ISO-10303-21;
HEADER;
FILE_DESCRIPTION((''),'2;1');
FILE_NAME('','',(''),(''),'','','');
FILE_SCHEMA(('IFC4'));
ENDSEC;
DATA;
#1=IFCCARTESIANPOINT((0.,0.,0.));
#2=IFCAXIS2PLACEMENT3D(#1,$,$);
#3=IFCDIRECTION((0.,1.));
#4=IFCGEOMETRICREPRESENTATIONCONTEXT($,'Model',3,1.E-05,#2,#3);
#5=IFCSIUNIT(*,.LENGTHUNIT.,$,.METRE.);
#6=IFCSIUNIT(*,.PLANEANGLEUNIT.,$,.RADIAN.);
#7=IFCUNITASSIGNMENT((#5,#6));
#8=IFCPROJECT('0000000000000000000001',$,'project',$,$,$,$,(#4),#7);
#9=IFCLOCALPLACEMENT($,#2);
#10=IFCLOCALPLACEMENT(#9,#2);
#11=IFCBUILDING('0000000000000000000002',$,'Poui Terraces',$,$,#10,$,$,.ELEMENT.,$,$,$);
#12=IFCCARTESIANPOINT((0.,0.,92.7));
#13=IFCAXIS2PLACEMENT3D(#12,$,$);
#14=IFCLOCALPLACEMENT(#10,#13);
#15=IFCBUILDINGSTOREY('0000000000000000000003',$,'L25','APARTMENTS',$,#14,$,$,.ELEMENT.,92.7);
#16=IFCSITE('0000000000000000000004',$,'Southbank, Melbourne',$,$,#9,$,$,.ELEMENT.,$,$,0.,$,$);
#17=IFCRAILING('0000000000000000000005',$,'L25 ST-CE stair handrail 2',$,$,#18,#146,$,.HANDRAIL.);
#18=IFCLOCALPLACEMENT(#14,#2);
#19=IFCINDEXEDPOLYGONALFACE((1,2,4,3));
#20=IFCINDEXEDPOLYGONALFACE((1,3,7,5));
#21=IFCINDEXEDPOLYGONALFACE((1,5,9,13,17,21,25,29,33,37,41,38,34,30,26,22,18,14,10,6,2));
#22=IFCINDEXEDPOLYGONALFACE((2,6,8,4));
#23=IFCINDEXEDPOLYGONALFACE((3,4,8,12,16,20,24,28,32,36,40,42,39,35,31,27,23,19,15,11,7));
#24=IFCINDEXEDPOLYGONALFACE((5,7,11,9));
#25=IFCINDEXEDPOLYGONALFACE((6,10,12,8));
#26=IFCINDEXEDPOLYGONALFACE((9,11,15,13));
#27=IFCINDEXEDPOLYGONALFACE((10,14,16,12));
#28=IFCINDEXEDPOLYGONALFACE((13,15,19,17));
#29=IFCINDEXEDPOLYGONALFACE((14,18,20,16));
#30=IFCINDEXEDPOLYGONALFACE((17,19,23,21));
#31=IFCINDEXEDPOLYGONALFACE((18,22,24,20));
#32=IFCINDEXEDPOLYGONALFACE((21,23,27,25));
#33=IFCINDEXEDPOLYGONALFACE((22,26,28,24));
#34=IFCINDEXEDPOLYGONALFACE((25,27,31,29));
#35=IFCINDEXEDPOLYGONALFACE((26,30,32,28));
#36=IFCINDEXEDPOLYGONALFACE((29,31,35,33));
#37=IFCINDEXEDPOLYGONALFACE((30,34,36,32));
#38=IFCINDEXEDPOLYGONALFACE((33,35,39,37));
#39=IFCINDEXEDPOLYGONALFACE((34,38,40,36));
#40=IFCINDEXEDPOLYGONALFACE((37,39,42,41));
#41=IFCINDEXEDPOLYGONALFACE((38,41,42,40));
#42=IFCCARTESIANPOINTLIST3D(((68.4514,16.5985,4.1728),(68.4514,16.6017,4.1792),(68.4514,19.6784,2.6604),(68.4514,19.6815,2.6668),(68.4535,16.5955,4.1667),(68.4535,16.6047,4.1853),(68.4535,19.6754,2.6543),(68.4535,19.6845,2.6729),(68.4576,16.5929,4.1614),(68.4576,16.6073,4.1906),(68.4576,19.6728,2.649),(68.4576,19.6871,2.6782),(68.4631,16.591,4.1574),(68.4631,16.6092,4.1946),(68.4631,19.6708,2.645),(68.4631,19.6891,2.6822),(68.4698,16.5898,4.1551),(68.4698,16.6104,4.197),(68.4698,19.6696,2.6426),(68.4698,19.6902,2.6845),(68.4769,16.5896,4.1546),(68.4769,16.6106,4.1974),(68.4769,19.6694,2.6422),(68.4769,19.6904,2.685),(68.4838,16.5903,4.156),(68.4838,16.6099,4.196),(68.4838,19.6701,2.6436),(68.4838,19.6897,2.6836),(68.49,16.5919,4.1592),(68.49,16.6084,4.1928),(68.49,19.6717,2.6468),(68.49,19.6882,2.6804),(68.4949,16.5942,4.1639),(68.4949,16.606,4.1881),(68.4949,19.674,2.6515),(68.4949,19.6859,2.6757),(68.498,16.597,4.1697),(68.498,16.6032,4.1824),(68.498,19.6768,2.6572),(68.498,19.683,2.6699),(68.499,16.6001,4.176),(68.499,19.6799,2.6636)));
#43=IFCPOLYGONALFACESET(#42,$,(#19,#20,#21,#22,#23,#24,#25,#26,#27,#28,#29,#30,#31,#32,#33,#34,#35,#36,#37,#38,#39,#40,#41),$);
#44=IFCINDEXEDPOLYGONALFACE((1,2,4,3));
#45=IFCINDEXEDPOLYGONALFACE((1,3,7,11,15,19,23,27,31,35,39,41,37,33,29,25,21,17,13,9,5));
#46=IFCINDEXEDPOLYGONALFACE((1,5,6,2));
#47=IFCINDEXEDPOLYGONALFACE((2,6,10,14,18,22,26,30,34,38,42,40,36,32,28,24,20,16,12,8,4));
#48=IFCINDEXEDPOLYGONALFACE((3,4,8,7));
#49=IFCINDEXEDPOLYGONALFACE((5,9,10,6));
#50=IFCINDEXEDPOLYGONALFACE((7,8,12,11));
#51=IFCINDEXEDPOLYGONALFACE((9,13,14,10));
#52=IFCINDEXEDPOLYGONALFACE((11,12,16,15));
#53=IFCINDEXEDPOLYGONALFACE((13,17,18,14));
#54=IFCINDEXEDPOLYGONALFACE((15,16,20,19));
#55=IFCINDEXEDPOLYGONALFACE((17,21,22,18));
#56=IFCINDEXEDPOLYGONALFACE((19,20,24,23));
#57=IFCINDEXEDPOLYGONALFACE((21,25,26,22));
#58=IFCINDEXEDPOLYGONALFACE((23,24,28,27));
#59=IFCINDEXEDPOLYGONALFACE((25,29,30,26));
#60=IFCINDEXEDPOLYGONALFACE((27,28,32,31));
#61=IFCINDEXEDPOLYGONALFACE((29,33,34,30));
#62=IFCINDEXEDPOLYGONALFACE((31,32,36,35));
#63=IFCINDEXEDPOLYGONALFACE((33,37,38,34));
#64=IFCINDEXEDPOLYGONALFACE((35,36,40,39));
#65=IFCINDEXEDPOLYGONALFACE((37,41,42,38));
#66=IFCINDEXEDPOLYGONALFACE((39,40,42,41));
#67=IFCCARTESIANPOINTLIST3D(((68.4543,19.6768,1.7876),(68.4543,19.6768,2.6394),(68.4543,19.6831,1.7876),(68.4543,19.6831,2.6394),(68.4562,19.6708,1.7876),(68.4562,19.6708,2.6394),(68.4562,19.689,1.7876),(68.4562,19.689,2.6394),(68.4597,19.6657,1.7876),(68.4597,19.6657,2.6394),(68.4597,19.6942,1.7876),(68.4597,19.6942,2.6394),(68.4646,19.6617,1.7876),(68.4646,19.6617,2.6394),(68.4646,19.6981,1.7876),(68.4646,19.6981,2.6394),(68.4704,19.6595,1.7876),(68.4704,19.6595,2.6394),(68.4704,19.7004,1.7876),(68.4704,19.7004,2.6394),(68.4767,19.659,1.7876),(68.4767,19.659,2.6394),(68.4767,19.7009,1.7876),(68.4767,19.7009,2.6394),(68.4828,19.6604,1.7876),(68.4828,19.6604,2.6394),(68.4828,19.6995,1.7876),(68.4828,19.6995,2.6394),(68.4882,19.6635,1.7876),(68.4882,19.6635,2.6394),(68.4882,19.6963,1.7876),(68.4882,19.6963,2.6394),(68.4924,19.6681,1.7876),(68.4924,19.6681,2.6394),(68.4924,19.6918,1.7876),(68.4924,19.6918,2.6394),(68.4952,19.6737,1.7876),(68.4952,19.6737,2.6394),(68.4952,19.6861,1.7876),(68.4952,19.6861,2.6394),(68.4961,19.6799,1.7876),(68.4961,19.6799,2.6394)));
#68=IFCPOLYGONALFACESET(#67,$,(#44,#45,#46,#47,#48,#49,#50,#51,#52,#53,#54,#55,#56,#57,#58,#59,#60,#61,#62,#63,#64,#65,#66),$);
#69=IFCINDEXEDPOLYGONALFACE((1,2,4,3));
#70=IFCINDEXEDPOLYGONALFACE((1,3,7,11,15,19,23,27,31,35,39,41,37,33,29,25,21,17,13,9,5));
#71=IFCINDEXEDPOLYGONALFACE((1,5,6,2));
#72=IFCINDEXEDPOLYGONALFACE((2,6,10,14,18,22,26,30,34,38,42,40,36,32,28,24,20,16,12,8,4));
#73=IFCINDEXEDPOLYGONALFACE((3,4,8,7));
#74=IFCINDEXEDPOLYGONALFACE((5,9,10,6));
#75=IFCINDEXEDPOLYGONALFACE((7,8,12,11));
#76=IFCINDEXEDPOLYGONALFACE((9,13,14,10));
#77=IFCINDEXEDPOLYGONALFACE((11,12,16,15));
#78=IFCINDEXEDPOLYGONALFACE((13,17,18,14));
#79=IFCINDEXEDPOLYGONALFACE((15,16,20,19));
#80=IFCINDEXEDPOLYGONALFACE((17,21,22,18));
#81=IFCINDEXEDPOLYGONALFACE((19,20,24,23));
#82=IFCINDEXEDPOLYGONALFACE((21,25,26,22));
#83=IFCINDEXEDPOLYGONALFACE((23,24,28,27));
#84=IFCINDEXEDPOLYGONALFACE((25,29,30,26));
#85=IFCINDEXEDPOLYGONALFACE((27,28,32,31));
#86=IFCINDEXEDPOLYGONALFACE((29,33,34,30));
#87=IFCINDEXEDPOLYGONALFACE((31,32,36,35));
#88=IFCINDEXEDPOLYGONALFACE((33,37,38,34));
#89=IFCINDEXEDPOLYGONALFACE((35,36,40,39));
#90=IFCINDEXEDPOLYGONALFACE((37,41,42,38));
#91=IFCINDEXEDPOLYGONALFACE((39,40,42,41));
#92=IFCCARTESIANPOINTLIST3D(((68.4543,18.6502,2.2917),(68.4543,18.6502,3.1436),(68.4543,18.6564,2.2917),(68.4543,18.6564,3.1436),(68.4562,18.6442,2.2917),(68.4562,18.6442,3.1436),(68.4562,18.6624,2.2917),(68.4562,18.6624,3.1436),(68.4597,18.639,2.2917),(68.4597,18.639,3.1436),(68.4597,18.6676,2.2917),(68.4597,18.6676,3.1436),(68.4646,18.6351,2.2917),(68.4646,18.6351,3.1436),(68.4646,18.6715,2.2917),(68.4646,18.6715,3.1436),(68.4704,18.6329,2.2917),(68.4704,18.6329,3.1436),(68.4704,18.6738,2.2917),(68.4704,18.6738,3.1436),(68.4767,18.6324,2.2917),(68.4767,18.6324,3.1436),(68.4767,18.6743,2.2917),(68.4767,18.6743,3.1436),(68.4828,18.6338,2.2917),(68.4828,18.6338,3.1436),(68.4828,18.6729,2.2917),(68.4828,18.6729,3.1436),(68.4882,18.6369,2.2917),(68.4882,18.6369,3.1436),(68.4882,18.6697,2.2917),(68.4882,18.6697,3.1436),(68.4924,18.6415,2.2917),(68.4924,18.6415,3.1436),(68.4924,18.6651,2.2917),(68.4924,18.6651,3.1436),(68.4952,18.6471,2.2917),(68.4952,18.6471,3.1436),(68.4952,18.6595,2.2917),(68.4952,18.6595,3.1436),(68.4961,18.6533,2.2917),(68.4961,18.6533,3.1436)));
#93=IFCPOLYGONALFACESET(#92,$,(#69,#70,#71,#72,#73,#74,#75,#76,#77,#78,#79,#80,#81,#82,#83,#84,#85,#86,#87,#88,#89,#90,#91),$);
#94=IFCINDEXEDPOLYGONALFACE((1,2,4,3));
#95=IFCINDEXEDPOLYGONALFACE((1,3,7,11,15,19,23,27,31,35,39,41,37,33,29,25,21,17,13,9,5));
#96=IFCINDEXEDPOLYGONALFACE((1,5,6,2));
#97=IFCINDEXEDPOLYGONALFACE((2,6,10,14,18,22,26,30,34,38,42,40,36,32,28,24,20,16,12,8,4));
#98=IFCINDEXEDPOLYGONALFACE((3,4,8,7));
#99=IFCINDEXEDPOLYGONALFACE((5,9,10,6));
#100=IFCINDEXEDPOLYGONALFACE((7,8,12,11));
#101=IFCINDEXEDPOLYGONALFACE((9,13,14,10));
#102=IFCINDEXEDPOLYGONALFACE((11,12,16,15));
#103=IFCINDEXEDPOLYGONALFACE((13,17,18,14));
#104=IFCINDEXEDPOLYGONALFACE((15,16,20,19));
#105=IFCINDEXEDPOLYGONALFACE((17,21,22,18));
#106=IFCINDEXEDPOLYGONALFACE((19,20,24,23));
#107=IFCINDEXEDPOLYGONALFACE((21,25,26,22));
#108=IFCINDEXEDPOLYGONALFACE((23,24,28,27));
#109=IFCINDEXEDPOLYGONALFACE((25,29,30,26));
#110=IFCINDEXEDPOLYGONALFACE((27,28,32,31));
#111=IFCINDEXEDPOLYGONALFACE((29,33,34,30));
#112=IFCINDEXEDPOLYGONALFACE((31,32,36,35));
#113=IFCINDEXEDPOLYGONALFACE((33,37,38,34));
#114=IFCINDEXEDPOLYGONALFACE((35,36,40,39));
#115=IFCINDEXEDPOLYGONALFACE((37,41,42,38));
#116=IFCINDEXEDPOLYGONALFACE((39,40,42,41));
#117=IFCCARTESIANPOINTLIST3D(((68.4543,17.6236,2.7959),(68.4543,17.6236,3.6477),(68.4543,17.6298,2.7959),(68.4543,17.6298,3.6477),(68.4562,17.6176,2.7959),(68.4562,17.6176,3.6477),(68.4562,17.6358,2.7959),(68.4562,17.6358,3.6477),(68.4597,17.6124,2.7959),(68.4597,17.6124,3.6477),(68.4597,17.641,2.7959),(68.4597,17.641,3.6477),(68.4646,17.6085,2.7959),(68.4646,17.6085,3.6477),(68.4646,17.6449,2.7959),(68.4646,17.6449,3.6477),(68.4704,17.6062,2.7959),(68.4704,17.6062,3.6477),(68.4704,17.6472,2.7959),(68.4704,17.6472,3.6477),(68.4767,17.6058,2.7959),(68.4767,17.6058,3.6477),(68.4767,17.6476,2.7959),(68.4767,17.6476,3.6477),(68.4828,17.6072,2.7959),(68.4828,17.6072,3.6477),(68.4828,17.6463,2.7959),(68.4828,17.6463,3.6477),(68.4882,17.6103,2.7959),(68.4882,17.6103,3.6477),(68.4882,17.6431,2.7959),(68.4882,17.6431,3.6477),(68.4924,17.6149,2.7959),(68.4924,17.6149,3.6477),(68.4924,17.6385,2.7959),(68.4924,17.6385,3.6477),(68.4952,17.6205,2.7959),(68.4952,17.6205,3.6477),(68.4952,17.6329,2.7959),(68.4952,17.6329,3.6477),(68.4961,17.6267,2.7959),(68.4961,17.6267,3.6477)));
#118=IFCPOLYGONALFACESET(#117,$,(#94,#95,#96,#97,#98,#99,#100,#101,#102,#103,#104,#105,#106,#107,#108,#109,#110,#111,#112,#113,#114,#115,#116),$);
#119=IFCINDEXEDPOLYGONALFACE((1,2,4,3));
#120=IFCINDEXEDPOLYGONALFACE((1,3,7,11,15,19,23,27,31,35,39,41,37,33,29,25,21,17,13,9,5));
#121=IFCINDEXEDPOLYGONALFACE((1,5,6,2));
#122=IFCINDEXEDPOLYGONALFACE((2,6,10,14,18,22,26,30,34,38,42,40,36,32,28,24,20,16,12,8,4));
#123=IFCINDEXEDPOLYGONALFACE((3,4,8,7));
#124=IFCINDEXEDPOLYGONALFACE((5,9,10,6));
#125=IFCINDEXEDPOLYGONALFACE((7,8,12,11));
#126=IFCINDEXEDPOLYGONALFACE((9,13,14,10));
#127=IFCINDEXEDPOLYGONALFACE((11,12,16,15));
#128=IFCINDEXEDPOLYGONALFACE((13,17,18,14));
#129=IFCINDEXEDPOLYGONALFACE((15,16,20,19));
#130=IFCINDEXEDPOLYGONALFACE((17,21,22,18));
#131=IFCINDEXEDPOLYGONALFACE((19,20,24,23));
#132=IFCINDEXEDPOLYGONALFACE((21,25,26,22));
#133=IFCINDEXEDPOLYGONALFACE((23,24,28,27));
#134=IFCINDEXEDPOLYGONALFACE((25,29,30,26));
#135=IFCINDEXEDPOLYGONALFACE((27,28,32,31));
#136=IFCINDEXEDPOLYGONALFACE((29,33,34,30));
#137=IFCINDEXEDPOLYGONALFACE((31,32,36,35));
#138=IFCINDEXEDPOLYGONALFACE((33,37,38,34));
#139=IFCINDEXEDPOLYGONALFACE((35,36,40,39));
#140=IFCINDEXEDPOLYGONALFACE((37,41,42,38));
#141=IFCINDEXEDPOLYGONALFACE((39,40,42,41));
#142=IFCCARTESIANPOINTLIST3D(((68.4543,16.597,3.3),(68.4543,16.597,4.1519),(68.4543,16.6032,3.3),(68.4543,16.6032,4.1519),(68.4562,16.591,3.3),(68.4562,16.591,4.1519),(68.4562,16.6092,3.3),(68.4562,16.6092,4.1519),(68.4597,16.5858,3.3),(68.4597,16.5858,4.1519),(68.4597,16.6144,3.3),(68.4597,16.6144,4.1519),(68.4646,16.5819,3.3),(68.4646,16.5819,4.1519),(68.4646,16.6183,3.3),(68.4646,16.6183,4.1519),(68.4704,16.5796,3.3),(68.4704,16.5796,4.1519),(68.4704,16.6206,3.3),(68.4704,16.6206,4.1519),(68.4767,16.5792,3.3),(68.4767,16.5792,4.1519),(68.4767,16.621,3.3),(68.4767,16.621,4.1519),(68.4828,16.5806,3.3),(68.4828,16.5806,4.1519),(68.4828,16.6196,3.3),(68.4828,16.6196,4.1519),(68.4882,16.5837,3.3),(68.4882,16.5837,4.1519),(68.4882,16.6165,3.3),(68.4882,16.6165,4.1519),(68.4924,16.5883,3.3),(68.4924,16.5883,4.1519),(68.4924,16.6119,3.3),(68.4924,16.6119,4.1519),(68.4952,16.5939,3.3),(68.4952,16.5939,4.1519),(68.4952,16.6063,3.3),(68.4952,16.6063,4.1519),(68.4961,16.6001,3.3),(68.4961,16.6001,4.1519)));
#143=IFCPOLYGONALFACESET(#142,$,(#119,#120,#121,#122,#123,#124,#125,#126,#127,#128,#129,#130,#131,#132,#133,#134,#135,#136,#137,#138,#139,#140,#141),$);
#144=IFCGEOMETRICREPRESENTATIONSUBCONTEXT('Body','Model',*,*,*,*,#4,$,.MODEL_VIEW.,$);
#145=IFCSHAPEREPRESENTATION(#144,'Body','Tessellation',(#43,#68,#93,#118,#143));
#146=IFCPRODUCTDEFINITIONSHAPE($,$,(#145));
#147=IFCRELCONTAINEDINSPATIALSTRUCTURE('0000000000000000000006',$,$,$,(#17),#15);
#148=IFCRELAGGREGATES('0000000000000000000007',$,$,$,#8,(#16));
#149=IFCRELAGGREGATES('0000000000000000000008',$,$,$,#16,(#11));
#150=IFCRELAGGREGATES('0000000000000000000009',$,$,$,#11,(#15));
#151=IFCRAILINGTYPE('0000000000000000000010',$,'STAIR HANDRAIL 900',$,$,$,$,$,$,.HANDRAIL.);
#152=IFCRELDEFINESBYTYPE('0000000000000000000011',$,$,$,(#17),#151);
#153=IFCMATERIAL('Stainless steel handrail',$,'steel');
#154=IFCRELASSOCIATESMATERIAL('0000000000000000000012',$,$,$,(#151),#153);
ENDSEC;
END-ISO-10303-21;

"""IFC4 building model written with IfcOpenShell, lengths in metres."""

from ifc_helpers import new_model, si_unit, direction, frame, origin, origin_2d, place, context, subcontext, project, spatial, circle, extrude, material, type_object, element, save


model = new_model("IFC4")

# Units and contexts
model_context = context("Model", 3, precision=1e-05, world=origin(), true_north=direction((0.0, 1.0)))
body_context = subcontext(model_context, "Body", "Model", "MODEL_VIEW")
ifc_project = project(units=[si_unit("LENGTHUNIT", "METRE"), si_unit("PLANEANGLEUNIT", "RADIAN")], contexts=[model_context])

# Site, building, storey
site_placement = place(None, origin())
site = spatial("IfcSite", under=ifc_project, at=site_placement, Name="Southbank, Melbourne", CompositionType="ELEMENT", RefElevation=0.0)
building_placement = place(site_placement, origin())
building = spatial("IfcBuilding", under=site, at=building_placement, Name="Poui Terraces", CompositionType="ELEMENT")
storey_placement = place(building_placement, frame((0.0, 0.0, 92.7)))
storey = spatial("IfcBuildingStorey", under=building, at=storey_placement, Name="L25", Description="APARTMENTS", CompositionType="ELEMENT", Elevation=92.7)

# Railing
ifc_material_1 = material(Name="Stainless steel handrail", Category="steel")
railing_type_1 = type_object("IfcRailingType", Name="STAIR HANDRAIL 900", PredefinedType="HANDRAIL", material=ifc_material_1)
railing_1_placement = place(storey_placement, frame((68.4751, 19.6799, 1.7876)))
element("IfcRailing", 1, at=railing_1_placement, inside=storey, type_object=railing_type_1, Name="L25 ST-CE stair handrail 2", PredefinedType="HANDRAIL", context=body_context, shape_type="SweptSolid", body=[
    extrude(circle(Radius=0.0239, at=origin_2d()), frame((0.0, 0.0, 0.876), z_axis=(0.0, -0.897606, 0.440798), x_axis=(1.0, 0.0, 0.0)), (0.0, 0.0, 1.0), 3.4312),
    extrude(circle(Radius=0.021, at=origin_2d()), origin(), (0.0, 0.0, 1.0), 0.8518),
    extrude(circle(Radius=0.021, at=origin_2d()), frame((0.0, -1.0266, 0.5042)), (0.0, 0.0, 1.0), 0.8518),
    extrude(circle(Radius=0.021, at=origin_2d()), frame((0.0, -2.0532, 1.0083)), (0.0, 0.0, 1.0), 0.8518),
    extrude(circle(Radius=0.021, at=origin_2d()), frame((0.0, -3.0798, 1.5125)), (0.0, 0.0, 1.0), 0.8518),
])

save(model, "model.ifc")
